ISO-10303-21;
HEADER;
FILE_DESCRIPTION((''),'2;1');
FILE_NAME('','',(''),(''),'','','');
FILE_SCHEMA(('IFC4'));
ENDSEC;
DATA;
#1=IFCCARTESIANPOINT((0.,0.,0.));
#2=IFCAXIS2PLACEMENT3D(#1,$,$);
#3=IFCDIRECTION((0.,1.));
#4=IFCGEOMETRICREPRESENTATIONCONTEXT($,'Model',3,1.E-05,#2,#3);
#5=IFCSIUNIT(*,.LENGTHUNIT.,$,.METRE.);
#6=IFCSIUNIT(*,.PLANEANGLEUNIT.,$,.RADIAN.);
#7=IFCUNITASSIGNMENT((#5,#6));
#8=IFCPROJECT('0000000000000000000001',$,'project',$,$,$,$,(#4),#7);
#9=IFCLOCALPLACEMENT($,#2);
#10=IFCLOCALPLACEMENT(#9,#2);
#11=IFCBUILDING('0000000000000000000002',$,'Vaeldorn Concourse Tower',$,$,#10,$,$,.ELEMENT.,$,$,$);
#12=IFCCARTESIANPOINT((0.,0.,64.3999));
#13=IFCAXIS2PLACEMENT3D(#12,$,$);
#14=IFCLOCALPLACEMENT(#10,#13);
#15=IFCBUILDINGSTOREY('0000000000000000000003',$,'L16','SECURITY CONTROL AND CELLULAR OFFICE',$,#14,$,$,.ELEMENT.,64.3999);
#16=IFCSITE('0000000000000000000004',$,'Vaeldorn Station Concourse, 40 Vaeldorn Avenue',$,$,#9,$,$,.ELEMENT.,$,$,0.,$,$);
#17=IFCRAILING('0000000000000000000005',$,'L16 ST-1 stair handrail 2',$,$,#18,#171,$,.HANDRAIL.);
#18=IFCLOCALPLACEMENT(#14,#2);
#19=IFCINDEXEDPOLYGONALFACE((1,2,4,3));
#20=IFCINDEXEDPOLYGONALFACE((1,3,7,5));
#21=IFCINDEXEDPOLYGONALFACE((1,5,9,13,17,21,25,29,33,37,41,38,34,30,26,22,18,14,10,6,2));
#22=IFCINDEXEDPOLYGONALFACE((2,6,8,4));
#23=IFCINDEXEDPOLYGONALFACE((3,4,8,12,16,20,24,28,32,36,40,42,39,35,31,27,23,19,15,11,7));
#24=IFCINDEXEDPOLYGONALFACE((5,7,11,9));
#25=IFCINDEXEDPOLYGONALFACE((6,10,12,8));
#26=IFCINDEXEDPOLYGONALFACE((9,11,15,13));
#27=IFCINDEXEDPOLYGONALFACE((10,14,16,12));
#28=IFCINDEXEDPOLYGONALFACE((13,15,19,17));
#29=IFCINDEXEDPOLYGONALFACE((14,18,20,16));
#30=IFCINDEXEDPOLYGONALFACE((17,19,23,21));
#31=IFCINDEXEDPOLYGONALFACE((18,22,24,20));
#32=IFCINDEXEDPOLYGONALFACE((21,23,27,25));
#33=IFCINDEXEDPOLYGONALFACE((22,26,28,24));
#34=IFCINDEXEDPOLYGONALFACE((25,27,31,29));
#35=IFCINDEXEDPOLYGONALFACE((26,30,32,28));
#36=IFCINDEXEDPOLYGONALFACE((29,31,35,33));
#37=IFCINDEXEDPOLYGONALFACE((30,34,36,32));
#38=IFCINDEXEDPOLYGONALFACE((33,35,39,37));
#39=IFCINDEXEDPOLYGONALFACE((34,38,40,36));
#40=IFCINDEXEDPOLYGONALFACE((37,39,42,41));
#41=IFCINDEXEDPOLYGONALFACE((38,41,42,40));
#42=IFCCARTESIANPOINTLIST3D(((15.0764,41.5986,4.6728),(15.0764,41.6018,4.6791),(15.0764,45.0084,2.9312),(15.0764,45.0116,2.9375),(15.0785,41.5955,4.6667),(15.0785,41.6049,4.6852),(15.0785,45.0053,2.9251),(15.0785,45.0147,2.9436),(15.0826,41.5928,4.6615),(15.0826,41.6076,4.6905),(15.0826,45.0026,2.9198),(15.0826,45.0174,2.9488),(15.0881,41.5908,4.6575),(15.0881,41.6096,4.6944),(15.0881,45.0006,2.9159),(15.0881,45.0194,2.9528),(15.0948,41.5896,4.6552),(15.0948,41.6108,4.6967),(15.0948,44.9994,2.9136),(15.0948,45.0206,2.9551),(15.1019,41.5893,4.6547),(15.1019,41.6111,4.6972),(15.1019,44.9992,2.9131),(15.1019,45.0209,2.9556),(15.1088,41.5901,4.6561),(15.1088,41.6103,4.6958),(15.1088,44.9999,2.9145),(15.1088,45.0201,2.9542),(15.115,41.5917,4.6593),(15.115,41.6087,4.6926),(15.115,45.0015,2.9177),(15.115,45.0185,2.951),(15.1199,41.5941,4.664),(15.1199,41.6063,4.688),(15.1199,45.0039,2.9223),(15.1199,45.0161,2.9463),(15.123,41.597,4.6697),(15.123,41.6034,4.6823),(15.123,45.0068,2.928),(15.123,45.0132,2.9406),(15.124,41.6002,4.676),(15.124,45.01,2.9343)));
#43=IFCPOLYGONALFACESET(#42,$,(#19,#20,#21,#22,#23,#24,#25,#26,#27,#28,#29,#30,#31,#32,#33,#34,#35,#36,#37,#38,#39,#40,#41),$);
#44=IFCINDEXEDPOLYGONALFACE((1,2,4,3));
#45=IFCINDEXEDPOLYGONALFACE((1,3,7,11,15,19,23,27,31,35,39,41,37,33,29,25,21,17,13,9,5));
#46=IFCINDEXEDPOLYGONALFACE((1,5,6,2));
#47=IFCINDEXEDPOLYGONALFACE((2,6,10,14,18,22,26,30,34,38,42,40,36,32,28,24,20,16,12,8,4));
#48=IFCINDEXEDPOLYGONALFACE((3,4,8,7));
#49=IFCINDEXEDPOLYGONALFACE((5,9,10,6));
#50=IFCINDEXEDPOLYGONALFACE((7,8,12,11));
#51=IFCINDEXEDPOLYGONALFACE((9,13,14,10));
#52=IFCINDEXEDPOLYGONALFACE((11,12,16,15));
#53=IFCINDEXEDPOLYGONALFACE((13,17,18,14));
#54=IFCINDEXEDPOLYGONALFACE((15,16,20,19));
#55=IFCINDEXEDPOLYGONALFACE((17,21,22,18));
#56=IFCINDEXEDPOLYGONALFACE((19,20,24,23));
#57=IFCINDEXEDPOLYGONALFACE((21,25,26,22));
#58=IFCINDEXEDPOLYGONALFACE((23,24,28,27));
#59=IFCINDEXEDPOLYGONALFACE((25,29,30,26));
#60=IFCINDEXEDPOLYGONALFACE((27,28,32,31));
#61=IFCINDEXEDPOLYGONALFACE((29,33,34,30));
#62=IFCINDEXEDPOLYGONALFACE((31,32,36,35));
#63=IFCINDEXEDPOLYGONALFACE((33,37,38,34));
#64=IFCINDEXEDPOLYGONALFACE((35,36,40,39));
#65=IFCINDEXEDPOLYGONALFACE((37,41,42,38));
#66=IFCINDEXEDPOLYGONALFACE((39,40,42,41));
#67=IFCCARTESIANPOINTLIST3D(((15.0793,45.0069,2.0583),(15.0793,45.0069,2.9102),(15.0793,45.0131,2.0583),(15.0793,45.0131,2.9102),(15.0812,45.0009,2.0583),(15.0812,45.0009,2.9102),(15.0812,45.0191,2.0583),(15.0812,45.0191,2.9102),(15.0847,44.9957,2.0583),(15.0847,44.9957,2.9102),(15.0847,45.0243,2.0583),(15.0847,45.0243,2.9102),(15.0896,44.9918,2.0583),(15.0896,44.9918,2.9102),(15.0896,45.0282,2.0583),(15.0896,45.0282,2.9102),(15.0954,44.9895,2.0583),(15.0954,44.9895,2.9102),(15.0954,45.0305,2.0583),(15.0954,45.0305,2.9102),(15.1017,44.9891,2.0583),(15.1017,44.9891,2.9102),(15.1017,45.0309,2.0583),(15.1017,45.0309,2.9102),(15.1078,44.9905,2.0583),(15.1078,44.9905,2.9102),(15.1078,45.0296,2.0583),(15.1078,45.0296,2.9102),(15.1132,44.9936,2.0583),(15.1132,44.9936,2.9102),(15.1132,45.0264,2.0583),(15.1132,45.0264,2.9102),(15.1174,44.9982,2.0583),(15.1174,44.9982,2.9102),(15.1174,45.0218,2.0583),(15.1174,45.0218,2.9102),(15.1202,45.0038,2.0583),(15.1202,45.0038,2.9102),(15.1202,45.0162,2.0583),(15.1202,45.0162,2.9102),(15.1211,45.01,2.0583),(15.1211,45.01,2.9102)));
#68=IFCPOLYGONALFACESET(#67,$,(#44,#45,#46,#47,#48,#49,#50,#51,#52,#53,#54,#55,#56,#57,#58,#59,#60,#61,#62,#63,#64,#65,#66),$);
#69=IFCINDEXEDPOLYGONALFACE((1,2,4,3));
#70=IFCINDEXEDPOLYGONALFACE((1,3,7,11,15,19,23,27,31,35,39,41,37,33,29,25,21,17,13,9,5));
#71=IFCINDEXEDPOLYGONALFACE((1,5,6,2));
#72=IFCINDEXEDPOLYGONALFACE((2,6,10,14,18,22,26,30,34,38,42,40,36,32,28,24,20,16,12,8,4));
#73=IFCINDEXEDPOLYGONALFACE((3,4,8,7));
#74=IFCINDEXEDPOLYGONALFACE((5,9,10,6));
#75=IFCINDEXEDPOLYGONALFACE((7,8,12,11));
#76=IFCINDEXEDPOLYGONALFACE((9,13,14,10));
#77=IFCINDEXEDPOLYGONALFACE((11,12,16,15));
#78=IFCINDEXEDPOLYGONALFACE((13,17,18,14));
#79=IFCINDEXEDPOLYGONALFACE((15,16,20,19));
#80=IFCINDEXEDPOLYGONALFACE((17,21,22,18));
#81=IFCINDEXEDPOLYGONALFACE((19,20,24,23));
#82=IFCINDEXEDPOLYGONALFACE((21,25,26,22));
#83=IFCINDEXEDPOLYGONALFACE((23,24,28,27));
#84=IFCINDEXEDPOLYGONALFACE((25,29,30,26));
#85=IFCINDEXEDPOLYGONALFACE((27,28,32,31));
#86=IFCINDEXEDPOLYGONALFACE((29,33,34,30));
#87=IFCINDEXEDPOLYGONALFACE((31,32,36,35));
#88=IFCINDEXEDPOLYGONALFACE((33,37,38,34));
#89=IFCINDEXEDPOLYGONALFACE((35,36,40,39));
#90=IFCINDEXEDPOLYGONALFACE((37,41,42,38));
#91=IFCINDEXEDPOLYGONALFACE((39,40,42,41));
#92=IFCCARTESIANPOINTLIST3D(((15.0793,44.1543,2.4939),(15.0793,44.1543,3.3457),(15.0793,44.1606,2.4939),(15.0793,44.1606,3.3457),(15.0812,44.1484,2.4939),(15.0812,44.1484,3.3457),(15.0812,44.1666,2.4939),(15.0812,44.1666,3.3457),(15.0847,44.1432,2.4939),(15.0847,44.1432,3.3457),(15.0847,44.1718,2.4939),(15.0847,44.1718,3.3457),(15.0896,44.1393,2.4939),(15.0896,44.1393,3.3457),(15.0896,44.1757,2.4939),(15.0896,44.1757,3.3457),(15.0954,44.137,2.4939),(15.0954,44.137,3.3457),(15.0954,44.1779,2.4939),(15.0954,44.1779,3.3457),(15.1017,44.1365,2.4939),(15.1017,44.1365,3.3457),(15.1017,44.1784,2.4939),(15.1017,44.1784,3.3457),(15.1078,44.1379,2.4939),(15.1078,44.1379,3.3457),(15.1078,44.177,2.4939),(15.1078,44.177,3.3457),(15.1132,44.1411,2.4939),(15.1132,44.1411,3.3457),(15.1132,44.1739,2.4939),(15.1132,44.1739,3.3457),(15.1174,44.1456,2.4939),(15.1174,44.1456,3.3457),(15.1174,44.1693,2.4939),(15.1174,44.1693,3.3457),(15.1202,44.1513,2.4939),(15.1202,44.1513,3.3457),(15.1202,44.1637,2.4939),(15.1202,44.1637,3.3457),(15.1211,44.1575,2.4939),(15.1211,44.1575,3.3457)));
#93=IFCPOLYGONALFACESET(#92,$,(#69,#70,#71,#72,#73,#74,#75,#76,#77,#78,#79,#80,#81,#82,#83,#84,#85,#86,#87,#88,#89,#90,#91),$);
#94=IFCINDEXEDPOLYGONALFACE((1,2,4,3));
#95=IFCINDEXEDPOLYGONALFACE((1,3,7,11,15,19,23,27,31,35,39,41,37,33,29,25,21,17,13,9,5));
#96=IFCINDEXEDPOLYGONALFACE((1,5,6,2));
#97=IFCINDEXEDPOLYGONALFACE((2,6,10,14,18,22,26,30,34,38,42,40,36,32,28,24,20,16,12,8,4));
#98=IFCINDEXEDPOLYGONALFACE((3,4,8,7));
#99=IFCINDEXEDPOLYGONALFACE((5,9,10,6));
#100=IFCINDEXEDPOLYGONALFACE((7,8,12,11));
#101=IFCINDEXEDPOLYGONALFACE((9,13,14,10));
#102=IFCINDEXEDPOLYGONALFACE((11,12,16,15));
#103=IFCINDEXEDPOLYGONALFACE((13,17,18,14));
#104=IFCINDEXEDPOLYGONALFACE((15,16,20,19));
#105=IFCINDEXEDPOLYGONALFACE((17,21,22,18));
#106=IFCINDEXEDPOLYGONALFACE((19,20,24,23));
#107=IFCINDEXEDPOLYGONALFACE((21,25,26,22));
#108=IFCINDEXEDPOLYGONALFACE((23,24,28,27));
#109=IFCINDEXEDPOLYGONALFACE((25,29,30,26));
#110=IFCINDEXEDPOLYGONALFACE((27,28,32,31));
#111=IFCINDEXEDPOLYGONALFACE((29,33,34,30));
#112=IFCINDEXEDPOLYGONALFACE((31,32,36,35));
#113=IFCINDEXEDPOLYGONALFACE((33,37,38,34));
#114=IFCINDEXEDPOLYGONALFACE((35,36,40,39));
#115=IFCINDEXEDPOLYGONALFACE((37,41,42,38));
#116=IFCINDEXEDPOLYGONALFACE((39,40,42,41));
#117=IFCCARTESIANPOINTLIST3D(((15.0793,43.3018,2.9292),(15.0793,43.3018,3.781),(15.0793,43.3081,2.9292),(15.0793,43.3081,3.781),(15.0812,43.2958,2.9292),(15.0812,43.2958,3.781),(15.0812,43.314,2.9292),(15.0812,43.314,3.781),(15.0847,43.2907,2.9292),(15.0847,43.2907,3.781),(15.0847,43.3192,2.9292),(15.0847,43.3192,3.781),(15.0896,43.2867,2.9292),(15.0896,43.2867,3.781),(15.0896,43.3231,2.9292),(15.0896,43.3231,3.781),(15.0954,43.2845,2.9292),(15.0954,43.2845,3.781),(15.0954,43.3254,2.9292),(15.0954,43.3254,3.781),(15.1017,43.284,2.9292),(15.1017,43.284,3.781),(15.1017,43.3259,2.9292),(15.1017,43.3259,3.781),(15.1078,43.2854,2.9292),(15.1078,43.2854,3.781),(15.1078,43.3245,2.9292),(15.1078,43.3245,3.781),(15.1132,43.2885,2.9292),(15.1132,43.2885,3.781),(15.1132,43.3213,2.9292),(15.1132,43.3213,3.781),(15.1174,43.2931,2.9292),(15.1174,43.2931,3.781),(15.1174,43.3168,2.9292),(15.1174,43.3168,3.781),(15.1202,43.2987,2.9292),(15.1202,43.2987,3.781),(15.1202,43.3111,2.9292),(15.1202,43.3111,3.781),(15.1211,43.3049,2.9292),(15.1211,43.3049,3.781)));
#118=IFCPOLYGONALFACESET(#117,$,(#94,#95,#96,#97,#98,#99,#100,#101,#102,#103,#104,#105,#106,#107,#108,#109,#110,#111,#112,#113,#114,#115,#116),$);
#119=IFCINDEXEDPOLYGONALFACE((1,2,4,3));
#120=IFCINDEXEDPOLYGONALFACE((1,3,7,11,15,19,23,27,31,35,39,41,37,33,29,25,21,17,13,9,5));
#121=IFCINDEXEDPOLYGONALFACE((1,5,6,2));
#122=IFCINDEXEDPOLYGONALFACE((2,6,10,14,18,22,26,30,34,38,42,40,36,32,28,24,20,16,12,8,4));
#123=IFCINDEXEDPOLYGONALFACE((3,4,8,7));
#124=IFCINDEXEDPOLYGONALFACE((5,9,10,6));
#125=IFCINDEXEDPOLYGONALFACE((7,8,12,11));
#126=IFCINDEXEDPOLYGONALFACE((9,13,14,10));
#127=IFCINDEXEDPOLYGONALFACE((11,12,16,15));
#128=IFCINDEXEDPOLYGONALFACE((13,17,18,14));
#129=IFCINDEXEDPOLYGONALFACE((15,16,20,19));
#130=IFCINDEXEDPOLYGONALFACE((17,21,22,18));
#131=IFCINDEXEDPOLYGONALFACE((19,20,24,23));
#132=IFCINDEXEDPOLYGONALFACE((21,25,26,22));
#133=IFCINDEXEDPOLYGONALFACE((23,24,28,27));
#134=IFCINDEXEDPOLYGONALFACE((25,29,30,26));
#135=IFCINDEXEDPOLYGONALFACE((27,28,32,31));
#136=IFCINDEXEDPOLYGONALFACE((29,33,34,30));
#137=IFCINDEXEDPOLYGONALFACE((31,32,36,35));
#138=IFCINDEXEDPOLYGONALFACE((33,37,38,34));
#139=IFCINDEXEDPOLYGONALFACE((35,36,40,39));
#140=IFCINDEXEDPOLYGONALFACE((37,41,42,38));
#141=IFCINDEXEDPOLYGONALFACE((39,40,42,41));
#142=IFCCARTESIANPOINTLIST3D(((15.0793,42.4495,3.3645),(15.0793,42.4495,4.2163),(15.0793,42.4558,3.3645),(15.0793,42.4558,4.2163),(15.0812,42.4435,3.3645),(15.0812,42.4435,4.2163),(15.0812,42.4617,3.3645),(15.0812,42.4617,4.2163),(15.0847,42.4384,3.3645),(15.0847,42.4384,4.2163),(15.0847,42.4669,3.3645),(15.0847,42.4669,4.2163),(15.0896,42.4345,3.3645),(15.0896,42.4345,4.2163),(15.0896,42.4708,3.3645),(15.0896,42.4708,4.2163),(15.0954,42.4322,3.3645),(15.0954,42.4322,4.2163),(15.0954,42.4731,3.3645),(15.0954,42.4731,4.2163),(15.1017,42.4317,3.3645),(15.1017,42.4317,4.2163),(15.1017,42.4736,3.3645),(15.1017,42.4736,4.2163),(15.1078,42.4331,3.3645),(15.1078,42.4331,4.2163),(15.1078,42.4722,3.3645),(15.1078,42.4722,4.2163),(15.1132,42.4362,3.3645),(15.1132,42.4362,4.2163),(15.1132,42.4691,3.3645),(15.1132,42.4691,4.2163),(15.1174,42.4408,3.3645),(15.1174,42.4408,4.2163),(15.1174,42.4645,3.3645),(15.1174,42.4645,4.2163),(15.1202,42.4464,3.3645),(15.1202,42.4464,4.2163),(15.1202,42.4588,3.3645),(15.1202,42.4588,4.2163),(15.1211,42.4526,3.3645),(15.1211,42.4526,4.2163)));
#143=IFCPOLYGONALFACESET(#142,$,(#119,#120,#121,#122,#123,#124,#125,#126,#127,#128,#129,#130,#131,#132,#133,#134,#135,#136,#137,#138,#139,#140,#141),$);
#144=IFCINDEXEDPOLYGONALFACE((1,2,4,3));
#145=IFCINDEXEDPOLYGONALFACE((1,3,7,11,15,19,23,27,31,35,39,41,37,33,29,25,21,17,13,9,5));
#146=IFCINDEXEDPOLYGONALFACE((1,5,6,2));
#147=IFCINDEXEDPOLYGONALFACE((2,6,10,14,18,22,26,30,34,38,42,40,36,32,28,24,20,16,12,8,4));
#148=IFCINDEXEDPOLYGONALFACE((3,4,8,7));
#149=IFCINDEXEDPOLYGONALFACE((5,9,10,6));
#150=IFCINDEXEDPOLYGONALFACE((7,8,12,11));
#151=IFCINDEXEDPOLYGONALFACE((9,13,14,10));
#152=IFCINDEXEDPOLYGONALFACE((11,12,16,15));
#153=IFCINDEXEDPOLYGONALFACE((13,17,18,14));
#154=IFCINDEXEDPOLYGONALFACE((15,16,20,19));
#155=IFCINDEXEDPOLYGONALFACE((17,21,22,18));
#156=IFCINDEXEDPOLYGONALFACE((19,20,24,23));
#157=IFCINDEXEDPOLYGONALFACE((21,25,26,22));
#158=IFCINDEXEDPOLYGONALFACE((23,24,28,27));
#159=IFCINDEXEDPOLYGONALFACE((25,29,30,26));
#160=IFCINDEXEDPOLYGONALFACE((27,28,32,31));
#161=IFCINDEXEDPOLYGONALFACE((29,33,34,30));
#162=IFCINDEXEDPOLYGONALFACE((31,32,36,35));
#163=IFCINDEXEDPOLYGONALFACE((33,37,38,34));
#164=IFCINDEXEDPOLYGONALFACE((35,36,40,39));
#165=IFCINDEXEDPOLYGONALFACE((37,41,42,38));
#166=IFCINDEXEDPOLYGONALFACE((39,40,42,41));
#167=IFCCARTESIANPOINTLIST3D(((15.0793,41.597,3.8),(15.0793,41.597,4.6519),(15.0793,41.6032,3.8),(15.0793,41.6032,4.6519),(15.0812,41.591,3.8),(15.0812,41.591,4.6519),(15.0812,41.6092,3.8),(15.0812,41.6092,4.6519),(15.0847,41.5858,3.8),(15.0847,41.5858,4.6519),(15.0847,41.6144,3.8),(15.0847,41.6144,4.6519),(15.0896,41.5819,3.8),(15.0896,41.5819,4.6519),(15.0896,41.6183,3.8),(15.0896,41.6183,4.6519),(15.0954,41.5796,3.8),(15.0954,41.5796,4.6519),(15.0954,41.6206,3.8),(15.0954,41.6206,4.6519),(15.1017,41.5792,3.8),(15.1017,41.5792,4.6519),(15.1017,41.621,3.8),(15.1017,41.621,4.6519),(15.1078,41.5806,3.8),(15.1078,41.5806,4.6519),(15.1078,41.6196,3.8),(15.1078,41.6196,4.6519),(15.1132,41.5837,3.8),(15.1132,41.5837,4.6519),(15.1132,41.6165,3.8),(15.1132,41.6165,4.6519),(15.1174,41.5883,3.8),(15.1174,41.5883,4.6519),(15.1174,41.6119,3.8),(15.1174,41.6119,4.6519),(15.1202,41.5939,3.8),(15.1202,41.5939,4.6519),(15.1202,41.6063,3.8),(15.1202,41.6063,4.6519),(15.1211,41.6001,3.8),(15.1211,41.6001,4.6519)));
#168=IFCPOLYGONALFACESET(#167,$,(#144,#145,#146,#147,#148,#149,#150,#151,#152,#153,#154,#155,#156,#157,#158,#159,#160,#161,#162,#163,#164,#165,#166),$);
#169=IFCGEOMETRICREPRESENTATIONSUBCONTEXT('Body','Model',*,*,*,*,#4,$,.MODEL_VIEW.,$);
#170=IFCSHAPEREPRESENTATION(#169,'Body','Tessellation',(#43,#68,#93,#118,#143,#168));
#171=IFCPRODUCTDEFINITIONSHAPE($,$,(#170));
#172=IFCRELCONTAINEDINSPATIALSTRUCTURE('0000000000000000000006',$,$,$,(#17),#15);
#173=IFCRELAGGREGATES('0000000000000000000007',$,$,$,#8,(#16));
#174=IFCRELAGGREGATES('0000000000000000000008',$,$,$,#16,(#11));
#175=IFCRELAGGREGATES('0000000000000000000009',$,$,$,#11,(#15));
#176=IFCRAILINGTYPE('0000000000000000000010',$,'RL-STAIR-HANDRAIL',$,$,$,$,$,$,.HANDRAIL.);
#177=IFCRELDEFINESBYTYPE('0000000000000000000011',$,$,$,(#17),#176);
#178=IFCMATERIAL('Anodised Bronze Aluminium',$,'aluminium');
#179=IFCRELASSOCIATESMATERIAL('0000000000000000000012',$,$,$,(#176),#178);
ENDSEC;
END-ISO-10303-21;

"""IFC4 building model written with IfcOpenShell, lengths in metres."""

from ifc_helpers import new_model, si_unit, direction, frame, origin, origin_2d, place, context, subcontext, project, spatial, circle, extrude, material, type_object, element, save


model = new_model("IFC4")

# Units and contexts
model_context = context("Model", 3, precision=1e-05, world=origin(), true_north=direction((0.0, 1.0)))
body_context = subcontext(model_context, "Body", "Model", "MODEL_VIEW")
ifc_project = project(units=[si_unit("LENGTHUNIT", "METRE"), si_unit("PLANEANGLEUNIT", "RADIAN")], contexts=[model_context])

# Site, building, storey
site_placement = place(None, origin())
site = spatial("IfcSite", under=ifc_project, at=site_placement, Name="Vaeldorn Station Concourse, 40 Vaeldorn Avenue", CompositionType="ELEMENT", RefElevation=0.0)
building_placement = place(site_placement, origin())
building = spatial("IfcBuilding", under=site, at=building_placement, Name="Vaeldorn Concourse Tower", CompositionType="ELEMENT")
storey_placement = place(building_placement, frame((0.0, 0.0, 64.3999)))
storey = spatial("IfcBuildingStorey", under=building, at=storey_placement, Name="L16", Description="SECURITY CONTROL AND CELLULAR OFFICE", CompositionType="ELEMENT", Elevation=64.3999)

# Shared definitions
ifc_material_1 = material(Name="Anodised Bronze Aluminium", Category="aluminium")

# Railing
railing_type_1 = type_object("IfcRailingType", Name="RL-STAIR-HANDRAIL", PredefinedType="HANDRAIL", material=ifc_material_1)
railing_1_placement = place(storey_placement, frame((15.1001, 45.01, 2.0583)))
element("IfcRailing", 1, at=railing_1_placement, inside=storey, type_object=railing_type_1, Name="L16 ST-1 stair handrail 2", PredefinedType="HANDRAIL", context=body_context, shape_type="SweptSolid", body=[
    extrude(circle(Radius=0.0239, at=origin_2d()), frame((0.0, 0.0, 0.876), z_axis=(0.0, -0.890556, 0.454874), x_axis=(1.0, 0.0, 0.0)), (0.0, 0.0, 1.0), 3.8289),
    extrude(circle(Radius=0.021, at=origin_2d()), origin(), (0.0, 0.0, 1.0), 0.8518),
    extrude(circle(Radius=0.021, at=origin_2d()), frame((0.0, -0.8525, 0.4355)), (0.0, 0.0, 1.0), 0.8518),
    extrude(circle(Radius=0.021, at=origin_2d()), frame((0.0, -1.7051, 0.8708)), (0.0, 0.0, 1.0), 0.8518),
    extrude(circle(Radius=0.021, at=origin_2d()), frame((0.0, -2.5574, 1.3062)), (0.0, 0.0, 1.0), 0.8518),
    extrude(circle(Radius=0.021, at=origin_2d()), frame((0.0, -3.4099, 1.7417)), (0.0, 0.0, 1.0), 0.8518),
])

save(model, "model.ifc")
